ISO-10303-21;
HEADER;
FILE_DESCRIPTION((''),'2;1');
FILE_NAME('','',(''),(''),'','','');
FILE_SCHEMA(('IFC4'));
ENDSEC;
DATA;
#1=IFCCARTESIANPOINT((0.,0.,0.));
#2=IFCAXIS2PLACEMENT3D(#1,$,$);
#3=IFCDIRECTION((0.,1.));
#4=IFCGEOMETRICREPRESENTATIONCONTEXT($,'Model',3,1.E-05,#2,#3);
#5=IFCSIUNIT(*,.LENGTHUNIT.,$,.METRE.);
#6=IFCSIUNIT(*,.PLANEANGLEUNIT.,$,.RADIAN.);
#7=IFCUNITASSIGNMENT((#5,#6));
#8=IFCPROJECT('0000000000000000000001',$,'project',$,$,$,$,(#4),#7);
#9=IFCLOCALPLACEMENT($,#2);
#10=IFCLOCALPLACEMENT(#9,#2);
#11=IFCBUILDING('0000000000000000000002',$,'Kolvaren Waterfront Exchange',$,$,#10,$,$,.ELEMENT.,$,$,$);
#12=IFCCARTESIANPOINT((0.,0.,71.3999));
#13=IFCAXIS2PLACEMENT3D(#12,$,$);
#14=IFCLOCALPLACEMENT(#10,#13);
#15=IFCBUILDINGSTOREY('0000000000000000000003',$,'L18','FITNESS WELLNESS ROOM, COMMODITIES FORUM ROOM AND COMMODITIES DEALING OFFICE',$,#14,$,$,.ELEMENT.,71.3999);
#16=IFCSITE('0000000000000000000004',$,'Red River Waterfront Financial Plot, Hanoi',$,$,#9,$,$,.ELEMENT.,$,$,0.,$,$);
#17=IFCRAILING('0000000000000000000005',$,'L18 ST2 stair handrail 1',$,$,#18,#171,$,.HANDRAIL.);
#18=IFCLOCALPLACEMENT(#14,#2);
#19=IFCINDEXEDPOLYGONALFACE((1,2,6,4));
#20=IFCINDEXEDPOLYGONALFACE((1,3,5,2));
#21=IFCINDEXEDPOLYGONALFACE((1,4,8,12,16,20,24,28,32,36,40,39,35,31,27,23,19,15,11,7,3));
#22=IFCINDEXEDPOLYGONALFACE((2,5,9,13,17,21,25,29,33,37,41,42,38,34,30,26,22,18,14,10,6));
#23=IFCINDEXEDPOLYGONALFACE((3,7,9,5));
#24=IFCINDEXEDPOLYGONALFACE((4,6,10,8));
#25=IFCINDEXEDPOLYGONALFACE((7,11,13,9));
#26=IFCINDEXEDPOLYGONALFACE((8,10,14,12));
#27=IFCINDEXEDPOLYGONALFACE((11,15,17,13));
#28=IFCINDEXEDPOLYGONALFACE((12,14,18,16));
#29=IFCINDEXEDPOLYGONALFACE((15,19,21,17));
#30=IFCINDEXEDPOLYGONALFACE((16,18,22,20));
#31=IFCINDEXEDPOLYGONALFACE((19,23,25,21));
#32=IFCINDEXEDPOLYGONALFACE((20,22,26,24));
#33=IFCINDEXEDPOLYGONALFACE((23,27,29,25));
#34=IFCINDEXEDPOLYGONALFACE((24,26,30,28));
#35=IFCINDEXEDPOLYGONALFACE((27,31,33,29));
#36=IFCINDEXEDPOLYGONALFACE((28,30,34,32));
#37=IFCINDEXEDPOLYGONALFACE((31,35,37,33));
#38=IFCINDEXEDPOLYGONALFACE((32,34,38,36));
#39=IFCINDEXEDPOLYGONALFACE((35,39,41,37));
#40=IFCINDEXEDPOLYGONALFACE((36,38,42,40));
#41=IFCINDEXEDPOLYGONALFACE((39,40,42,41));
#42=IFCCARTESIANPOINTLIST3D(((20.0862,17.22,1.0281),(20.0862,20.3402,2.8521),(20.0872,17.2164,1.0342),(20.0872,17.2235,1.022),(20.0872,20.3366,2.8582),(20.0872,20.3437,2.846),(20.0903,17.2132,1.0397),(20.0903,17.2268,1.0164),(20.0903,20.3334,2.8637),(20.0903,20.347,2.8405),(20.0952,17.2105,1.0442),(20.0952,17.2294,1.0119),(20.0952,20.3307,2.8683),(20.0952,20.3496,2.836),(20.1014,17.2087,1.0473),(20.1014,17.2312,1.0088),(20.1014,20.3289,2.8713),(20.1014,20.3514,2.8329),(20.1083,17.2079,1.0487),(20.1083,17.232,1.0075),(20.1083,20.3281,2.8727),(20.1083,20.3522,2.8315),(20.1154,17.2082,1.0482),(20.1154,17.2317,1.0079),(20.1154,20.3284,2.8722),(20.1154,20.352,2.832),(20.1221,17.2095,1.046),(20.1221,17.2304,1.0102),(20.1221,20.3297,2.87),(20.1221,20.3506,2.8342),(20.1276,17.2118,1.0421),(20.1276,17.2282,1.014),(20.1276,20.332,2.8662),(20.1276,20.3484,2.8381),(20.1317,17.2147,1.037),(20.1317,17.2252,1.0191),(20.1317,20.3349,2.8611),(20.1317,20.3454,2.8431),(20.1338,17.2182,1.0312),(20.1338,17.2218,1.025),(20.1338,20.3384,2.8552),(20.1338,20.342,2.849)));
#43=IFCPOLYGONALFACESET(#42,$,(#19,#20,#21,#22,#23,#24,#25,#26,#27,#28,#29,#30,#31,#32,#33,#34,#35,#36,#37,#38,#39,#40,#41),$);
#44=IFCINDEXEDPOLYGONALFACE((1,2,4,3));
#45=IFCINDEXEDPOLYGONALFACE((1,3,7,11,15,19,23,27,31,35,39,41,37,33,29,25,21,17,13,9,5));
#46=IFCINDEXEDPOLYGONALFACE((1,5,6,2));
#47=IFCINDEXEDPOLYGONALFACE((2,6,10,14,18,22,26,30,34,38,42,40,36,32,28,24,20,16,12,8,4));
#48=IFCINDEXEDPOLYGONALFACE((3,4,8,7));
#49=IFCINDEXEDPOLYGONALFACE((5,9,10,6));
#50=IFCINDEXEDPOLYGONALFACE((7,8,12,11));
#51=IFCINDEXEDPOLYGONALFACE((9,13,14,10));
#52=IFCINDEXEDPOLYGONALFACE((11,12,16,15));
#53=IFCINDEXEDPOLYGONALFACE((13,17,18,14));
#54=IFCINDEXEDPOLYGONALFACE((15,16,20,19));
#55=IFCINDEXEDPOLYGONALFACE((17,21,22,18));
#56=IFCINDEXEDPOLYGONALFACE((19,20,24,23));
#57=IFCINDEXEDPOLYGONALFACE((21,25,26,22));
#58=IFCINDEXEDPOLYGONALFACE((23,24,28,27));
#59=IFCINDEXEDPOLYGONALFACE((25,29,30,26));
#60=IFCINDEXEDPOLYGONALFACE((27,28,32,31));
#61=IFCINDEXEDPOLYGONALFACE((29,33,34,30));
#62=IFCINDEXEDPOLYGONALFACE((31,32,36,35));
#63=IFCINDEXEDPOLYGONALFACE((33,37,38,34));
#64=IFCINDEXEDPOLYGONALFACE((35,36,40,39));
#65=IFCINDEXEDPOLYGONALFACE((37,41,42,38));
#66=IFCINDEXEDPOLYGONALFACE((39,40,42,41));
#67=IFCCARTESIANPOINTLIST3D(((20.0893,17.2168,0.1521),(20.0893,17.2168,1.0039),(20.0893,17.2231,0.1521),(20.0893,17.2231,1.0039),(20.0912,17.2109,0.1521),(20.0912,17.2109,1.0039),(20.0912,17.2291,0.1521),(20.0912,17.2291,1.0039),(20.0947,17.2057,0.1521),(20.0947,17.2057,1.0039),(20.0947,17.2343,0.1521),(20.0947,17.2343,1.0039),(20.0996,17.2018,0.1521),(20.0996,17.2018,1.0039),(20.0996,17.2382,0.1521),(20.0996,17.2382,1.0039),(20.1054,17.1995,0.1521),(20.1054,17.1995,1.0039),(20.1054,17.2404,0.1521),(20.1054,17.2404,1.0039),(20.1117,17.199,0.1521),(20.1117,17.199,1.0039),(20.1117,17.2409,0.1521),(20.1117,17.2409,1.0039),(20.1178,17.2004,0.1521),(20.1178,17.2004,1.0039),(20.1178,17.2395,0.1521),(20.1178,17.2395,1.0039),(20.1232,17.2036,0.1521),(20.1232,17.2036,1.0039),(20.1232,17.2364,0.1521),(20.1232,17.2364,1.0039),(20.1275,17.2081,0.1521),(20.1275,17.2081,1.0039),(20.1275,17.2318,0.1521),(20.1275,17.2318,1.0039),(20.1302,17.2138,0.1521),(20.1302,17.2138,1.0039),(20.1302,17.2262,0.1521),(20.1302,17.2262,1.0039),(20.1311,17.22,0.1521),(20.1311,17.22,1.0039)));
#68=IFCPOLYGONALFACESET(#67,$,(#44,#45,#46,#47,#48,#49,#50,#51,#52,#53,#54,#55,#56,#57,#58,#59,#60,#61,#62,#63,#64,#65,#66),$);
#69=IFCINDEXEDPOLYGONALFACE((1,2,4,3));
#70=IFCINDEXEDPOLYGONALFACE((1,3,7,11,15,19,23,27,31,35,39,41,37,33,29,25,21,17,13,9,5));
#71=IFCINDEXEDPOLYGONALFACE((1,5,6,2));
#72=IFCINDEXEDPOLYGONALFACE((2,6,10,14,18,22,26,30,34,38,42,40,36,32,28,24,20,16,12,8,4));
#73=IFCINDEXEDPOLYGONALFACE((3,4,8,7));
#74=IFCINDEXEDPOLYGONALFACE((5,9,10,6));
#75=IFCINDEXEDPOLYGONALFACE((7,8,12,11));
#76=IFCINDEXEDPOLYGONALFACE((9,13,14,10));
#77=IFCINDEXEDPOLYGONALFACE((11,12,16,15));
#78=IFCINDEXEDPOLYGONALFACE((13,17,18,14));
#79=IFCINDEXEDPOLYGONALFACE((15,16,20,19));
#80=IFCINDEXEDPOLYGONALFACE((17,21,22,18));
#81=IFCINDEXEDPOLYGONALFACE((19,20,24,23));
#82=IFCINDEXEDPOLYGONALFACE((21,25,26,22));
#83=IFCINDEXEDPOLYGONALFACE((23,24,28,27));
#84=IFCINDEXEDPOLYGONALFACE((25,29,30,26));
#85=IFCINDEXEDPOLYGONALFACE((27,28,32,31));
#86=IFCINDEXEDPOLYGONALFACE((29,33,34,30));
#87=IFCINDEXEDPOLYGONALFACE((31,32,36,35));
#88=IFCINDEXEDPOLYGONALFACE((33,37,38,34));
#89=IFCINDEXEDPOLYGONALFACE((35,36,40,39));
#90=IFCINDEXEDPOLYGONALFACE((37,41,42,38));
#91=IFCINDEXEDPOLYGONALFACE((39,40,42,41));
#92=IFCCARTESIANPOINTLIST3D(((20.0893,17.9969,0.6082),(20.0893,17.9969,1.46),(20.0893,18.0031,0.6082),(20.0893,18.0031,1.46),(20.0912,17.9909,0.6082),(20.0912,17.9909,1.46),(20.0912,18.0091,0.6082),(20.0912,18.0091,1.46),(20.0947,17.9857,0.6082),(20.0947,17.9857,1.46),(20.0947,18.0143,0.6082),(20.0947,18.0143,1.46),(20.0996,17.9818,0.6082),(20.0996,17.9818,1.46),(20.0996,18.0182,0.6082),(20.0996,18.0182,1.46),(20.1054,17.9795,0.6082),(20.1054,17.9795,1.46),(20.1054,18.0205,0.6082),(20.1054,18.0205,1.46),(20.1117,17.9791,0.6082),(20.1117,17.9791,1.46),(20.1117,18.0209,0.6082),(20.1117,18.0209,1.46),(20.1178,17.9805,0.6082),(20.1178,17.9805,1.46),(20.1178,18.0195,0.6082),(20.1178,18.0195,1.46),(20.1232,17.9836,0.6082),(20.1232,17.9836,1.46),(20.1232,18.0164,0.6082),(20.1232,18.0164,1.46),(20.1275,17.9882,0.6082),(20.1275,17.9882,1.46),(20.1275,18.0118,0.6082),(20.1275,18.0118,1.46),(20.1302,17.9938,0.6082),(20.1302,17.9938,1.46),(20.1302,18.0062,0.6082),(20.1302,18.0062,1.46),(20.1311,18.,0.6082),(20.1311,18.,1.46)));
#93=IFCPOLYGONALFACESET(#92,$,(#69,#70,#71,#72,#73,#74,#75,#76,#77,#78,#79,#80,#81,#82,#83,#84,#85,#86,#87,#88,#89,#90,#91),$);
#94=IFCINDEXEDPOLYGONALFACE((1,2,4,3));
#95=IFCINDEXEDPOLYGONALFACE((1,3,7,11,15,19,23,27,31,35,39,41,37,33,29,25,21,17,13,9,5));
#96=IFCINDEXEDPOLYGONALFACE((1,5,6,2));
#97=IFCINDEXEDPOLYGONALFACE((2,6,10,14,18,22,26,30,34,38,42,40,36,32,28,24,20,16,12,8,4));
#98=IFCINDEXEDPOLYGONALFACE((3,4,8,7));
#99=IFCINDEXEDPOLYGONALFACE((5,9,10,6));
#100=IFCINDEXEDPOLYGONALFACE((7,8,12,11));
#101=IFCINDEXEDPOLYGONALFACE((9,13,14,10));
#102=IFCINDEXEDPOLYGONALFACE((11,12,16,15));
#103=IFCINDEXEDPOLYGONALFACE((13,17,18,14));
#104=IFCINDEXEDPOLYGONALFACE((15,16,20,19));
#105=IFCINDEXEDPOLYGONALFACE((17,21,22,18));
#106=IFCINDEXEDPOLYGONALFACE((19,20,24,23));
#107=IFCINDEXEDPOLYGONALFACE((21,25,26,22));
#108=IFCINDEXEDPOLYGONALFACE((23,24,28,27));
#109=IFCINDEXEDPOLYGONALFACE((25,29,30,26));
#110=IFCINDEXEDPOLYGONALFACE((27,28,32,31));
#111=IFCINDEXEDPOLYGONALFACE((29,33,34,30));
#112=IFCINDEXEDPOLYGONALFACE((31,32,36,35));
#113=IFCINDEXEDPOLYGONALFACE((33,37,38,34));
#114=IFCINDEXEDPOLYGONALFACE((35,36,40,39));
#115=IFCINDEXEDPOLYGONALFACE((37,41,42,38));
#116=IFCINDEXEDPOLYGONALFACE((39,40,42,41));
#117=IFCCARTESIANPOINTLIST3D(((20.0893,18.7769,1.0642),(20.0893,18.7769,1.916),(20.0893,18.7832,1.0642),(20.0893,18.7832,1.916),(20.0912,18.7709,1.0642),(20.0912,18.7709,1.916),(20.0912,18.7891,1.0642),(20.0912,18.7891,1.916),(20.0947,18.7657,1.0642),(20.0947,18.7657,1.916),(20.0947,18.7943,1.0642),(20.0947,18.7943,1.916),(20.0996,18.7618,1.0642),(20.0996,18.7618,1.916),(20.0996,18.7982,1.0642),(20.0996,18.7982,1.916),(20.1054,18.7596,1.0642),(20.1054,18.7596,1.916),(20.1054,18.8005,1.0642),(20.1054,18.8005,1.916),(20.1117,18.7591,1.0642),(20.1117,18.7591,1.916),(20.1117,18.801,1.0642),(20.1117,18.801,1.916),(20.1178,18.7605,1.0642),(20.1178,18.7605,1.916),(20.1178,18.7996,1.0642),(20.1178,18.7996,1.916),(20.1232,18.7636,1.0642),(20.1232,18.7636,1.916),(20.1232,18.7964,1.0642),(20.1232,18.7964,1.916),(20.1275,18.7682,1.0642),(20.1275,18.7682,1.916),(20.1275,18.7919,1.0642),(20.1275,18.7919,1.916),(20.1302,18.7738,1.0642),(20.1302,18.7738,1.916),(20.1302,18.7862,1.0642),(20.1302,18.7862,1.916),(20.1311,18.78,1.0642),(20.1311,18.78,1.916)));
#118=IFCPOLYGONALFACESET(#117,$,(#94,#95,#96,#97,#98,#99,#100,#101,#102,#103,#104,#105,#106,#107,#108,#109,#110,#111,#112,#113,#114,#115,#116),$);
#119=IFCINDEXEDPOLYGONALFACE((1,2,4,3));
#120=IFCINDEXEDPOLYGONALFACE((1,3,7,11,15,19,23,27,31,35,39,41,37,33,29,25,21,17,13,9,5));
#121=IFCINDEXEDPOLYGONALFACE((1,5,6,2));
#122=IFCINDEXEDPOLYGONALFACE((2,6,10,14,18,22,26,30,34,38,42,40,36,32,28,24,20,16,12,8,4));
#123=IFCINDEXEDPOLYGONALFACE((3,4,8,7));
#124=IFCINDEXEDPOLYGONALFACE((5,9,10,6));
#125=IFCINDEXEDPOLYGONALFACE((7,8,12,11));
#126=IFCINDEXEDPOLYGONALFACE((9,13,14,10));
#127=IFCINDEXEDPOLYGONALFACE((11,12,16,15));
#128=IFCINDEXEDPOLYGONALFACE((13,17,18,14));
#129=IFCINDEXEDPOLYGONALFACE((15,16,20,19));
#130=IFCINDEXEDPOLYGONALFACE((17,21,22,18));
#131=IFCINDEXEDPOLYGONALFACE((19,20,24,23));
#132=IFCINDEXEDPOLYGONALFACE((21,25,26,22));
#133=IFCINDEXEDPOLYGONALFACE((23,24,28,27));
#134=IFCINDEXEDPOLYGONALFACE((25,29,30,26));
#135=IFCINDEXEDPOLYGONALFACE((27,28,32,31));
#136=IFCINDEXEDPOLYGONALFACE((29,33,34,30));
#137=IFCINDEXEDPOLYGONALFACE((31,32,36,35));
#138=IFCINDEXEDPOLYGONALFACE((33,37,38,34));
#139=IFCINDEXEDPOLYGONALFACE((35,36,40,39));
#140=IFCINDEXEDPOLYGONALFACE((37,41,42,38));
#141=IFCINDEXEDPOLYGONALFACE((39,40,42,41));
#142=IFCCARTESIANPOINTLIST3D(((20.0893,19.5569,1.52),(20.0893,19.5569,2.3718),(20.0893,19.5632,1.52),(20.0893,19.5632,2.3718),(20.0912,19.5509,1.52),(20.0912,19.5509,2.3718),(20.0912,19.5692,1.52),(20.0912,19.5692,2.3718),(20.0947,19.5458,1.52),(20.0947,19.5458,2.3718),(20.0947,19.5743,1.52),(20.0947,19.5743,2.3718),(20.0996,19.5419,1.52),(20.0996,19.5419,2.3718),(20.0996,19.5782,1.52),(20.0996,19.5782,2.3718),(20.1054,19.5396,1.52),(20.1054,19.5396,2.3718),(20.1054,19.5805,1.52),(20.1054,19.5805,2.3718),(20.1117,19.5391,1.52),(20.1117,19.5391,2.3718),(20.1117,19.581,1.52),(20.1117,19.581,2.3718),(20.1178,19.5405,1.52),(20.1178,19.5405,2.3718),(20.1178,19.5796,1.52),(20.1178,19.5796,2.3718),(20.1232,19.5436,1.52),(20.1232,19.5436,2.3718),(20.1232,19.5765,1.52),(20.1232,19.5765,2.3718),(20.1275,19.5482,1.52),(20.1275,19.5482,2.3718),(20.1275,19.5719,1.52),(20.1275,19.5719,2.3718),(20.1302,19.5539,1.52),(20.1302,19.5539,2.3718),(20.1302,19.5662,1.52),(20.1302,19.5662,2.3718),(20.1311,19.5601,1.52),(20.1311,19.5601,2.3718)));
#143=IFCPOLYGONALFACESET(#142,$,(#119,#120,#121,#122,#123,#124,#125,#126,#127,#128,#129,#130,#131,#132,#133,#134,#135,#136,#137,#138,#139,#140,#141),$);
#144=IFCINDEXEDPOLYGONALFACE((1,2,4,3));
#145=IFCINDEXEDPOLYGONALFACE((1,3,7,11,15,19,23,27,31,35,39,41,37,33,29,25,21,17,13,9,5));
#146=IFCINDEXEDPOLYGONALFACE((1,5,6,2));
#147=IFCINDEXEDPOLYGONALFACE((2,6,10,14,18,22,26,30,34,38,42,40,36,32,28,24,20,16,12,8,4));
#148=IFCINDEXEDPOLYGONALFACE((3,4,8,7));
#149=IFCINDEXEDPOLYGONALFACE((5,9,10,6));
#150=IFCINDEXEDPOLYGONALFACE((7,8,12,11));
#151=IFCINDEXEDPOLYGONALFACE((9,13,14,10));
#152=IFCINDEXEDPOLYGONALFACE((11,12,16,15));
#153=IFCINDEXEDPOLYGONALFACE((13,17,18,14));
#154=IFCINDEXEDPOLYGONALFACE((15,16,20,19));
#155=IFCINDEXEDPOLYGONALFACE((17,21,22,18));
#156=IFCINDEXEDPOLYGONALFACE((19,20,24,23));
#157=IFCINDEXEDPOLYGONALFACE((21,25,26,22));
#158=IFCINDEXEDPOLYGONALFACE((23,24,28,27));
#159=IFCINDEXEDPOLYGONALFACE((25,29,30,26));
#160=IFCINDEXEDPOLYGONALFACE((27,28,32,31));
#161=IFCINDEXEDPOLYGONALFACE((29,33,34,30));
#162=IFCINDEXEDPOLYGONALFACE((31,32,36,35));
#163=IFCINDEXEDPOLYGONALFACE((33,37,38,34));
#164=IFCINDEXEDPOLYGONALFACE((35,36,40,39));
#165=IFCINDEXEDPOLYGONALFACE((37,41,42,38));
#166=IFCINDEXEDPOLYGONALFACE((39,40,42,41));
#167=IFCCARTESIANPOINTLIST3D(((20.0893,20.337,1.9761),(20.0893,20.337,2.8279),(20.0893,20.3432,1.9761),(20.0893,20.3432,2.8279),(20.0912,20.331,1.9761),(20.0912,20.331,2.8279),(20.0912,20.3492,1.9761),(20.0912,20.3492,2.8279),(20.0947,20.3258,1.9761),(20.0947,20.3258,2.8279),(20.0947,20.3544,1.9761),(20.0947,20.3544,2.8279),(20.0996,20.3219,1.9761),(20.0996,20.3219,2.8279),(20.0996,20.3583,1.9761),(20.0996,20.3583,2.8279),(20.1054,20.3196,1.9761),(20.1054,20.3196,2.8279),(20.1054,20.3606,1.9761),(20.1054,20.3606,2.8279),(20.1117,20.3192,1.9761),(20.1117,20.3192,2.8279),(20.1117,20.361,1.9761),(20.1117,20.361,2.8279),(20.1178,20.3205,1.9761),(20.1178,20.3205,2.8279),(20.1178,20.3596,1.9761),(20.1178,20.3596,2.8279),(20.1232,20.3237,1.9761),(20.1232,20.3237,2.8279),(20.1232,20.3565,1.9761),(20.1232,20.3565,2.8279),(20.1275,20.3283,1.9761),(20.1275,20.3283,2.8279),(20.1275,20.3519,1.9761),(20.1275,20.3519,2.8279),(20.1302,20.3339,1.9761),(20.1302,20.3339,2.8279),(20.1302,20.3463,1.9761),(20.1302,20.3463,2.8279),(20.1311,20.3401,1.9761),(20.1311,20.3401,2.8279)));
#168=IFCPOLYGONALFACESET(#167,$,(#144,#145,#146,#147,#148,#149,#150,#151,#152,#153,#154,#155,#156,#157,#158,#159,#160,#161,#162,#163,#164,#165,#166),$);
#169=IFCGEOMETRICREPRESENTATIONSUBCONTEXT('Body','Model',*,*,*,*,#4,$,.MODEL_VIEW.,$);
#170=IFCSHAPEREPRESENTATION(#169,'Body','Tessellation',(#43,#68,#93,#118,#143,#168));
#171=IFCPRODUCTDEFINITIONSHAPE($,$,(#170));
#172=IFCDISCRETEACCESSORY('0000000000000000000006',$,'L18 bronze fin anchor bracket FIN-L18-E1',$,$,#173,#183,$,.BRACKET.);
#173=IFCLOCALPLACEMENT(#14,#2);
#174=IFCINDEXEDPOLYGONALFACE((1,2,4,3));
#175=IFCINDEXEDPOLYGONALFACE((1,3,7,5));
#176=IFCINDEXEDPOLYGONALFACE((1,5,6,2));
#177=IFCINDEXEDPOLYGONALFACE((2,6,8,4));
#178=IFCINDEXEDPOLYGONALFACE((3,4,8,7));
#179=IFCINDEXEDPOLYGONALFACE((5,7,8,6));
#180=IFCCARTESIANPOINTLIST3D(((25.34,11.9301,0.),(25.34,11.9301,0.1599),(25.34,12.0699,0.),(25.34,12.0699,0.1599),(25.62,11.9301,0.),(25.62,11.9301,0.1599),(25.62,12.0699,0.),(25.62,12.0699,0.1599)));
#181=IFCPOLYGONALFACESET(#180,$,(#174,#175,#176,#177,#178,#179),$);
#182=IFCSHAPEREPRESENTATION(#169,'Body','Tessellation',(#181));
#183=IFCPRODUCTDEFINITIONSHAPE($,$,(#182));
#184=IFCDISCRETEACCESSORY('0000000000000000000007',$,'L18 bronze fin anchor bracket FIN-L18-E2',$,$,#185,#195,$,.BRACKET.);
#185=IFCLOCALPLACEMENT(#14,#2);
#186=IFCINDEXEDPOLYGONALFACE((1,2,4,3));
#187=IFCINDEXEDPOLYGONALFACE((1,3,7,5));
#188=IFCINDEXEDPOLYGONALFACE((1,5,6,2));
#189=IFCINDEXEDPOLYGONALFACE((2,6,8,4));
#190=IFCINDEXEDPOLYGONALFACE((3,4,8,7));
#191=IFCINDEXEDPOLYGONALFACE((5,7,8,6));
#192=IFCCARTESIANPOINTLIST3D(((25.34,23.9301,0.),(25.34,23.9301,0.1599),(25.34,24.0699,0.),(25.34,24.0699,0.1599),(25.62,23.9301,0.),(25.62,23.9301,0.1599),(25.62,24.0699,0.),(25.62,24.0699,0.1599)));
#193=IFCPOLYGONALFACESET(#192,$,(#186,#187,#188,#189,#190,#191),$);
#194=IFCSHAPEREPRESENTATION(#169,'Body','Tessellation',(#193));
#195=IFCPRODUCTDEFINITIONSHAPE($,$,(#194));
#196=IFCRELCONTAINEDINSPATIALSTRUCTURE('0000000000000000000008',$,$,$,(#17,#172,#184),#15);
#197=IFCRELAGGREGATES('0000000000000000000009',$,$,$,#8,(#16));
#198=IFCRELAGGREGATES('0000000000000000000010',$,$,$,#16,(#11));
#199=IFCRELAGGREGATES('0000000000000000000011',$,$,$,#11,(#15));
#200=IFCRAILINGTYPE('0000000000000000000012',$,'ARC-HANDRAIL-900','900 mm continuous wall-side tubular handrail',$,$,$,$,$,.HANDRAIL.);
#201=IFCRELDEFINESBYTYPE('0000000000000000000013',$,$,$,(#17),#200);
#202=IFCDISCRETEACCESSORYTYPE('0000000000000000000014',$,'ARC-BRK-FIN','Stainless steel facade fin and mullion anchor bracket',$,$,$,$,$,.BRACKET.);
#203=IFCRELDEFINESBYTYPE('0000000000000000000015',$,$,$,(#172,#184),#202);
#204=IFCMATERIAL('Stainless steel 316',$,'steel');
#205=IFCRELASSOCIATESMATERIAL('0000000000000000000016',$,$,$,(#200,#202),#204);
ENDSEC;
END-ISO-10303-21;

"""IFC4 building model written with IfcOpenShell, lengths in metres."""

from ifc_helpers import new_model, si_unit, direction, frame, origin, origin_with_axes, origin_2d, place, context, subcontext, project, spatial, rectangle, circle, extrude, source, transform, mapped, material, type_object, element, save


model = new_model("IFC4")

# Units and contexts
model_context = context("Model", 3, precision=1e-05, world=origin(), true_north=direction((0.0, 1.0)))
body_context = subcontext(model_context, "Body", "Model", "MODEL_VIEW")
ifc_project = project(units=[si_unit("LENGTHUNIT", "METRE"), si_unit("PLANEANGLEUNIT", "RADIAN")], contexts=[model_context])

# Site, building, storey
site_placement = place(None, origin())
site = spatial("IfcSite", under=ifc_project, at=site_placement, Name="Red River Waterfront Financial Plot, Hanoi", CompositionType="ELEMENT", RefElevation=0.0)
building_placement = place(site_placement, origin())
building = spatial("IfcBuilding", under=site, at=building_placement, Name="Kolvaren Waterfront Exchange", CompositionType="ELEMENT")
storey_placement = place(building_placement, frame((0.0, 0.0, 71.3999)))
storey = spatial("IfcBuildingStorey", under=building, at=storey_placement, Name="L18", Description="FITNESS WELLNESS ROOM, COMMODITIES FORUM ROOM AND COMMODITIES DEALING OFFICE", CompositionType="ELEMENT", Elevation=71.3999)

# Railing
ifc_material_1 = material(Name="Stainless steel 316", Category="steel")
railing_type = type_object("IfcRailingType", Name="ARC-HANDRAIL-900", Description="900 mm continuous wall-side tubular handrail", PredefinedType="HANDRAIL", material=ifc_material_1)
railing_placement = place(storey_placement, frame((20.1101, 17.22, 0.1521)))
element("IfcRailing", 1, at=railing_placement, inside=storey, type_object=railing_type, Name="L18 ST2 stair handrail 1", PredefinedType="HANDRAIL", context=body_context, shape_type="SweptSolid", body=[
    extrude(circle(Radius=0.0239, at=origin_2d()), frame((0.0, 0.0, 0.876), z_axis=(0.0, 0.863308, 0.504677), x_axis=(-1.0, 0.0, 0.0)), (0.0, 0.0, 1.0), 3.6143),
    extrude(circle(Radius=0.021, at=origin_2d()), origin(), (0.0, 0.0, 1.0), 0.8518),
    extrude(circle(Radius=0.021, at=origin_2d()), frame((0.0, 0.78, 0.4561)), (0.0, 0.0, 1.0), 0.8518),
    extrude(circle(Radius=0.021, at=origin_2d()), frame((0.0, 1.5601, 0.9121)), (0.0, 0.0, 1.0), 0.8518),
    extrude(circle(Radius=0.021, at=origin_2d()), frame((0.0, 2.3401, 1.3679)), (0.0, 0.0, 1.0), 0.8518),
    extrude(circle(Radius=0.021, at=origin_2d()), frame((0.0, 3.1201, 1.824)), (0.0, 0.0, 1.0), 0.8518),
])

# Discrete accessories
discrete_accessory_type = type_object("IfcDiscreteAccessoryType", Name="ARC-BRK-FIN", Description="Stainless steel facade fin and mullion anchor bracket", PredefinedType="BRACKET", material=ifc_material_1)
shared_shape_1 = source(origin_with_axes(), body_context, "Body", "SweptSolid", [
    extrude(rectangle(XDim=0.28, YDim=0.1399, at=origin_2d()), origin(), (0.0, 0.0, 1.0), 0.1599),
])
for number, where, z_axis, x_axis, name in (
    (2, (25.48, 12.0, 0.0), (0.0, 0.0, 1.0), (1.0, 0.0, 0.0), "L18 bronze fin anchor bracket FIN-L18-E1"),
    (3, (25.48, 24.0, 0.0), (0.0, 0.0, 1.0), (1.0, 0.0, 0.0), "L18 bronze fin anchor bracket FIN-L18-E2"),
):
    element("IfcDiscreteAccessory", number, at=place(storey_placement, frame(where, z_axis=z_axis, x_axis=x_axis)), inside=storey, type_object=discrete_accessory_type, Name=name, PredefinedType="BRACKET", context=body_context, shape_type="MappedRepresentation", body=[
        mapped(shared_shape_1, transform((0.0, 0.0, 0.0), x_axis=(1.0, 0.0, 0.0), y_axis=(0.0, 1.0, 0.0), z_axis=(0.0, 0.0, 1.0), scale=1.0)),
    ])

save(model, "model.ifc")
